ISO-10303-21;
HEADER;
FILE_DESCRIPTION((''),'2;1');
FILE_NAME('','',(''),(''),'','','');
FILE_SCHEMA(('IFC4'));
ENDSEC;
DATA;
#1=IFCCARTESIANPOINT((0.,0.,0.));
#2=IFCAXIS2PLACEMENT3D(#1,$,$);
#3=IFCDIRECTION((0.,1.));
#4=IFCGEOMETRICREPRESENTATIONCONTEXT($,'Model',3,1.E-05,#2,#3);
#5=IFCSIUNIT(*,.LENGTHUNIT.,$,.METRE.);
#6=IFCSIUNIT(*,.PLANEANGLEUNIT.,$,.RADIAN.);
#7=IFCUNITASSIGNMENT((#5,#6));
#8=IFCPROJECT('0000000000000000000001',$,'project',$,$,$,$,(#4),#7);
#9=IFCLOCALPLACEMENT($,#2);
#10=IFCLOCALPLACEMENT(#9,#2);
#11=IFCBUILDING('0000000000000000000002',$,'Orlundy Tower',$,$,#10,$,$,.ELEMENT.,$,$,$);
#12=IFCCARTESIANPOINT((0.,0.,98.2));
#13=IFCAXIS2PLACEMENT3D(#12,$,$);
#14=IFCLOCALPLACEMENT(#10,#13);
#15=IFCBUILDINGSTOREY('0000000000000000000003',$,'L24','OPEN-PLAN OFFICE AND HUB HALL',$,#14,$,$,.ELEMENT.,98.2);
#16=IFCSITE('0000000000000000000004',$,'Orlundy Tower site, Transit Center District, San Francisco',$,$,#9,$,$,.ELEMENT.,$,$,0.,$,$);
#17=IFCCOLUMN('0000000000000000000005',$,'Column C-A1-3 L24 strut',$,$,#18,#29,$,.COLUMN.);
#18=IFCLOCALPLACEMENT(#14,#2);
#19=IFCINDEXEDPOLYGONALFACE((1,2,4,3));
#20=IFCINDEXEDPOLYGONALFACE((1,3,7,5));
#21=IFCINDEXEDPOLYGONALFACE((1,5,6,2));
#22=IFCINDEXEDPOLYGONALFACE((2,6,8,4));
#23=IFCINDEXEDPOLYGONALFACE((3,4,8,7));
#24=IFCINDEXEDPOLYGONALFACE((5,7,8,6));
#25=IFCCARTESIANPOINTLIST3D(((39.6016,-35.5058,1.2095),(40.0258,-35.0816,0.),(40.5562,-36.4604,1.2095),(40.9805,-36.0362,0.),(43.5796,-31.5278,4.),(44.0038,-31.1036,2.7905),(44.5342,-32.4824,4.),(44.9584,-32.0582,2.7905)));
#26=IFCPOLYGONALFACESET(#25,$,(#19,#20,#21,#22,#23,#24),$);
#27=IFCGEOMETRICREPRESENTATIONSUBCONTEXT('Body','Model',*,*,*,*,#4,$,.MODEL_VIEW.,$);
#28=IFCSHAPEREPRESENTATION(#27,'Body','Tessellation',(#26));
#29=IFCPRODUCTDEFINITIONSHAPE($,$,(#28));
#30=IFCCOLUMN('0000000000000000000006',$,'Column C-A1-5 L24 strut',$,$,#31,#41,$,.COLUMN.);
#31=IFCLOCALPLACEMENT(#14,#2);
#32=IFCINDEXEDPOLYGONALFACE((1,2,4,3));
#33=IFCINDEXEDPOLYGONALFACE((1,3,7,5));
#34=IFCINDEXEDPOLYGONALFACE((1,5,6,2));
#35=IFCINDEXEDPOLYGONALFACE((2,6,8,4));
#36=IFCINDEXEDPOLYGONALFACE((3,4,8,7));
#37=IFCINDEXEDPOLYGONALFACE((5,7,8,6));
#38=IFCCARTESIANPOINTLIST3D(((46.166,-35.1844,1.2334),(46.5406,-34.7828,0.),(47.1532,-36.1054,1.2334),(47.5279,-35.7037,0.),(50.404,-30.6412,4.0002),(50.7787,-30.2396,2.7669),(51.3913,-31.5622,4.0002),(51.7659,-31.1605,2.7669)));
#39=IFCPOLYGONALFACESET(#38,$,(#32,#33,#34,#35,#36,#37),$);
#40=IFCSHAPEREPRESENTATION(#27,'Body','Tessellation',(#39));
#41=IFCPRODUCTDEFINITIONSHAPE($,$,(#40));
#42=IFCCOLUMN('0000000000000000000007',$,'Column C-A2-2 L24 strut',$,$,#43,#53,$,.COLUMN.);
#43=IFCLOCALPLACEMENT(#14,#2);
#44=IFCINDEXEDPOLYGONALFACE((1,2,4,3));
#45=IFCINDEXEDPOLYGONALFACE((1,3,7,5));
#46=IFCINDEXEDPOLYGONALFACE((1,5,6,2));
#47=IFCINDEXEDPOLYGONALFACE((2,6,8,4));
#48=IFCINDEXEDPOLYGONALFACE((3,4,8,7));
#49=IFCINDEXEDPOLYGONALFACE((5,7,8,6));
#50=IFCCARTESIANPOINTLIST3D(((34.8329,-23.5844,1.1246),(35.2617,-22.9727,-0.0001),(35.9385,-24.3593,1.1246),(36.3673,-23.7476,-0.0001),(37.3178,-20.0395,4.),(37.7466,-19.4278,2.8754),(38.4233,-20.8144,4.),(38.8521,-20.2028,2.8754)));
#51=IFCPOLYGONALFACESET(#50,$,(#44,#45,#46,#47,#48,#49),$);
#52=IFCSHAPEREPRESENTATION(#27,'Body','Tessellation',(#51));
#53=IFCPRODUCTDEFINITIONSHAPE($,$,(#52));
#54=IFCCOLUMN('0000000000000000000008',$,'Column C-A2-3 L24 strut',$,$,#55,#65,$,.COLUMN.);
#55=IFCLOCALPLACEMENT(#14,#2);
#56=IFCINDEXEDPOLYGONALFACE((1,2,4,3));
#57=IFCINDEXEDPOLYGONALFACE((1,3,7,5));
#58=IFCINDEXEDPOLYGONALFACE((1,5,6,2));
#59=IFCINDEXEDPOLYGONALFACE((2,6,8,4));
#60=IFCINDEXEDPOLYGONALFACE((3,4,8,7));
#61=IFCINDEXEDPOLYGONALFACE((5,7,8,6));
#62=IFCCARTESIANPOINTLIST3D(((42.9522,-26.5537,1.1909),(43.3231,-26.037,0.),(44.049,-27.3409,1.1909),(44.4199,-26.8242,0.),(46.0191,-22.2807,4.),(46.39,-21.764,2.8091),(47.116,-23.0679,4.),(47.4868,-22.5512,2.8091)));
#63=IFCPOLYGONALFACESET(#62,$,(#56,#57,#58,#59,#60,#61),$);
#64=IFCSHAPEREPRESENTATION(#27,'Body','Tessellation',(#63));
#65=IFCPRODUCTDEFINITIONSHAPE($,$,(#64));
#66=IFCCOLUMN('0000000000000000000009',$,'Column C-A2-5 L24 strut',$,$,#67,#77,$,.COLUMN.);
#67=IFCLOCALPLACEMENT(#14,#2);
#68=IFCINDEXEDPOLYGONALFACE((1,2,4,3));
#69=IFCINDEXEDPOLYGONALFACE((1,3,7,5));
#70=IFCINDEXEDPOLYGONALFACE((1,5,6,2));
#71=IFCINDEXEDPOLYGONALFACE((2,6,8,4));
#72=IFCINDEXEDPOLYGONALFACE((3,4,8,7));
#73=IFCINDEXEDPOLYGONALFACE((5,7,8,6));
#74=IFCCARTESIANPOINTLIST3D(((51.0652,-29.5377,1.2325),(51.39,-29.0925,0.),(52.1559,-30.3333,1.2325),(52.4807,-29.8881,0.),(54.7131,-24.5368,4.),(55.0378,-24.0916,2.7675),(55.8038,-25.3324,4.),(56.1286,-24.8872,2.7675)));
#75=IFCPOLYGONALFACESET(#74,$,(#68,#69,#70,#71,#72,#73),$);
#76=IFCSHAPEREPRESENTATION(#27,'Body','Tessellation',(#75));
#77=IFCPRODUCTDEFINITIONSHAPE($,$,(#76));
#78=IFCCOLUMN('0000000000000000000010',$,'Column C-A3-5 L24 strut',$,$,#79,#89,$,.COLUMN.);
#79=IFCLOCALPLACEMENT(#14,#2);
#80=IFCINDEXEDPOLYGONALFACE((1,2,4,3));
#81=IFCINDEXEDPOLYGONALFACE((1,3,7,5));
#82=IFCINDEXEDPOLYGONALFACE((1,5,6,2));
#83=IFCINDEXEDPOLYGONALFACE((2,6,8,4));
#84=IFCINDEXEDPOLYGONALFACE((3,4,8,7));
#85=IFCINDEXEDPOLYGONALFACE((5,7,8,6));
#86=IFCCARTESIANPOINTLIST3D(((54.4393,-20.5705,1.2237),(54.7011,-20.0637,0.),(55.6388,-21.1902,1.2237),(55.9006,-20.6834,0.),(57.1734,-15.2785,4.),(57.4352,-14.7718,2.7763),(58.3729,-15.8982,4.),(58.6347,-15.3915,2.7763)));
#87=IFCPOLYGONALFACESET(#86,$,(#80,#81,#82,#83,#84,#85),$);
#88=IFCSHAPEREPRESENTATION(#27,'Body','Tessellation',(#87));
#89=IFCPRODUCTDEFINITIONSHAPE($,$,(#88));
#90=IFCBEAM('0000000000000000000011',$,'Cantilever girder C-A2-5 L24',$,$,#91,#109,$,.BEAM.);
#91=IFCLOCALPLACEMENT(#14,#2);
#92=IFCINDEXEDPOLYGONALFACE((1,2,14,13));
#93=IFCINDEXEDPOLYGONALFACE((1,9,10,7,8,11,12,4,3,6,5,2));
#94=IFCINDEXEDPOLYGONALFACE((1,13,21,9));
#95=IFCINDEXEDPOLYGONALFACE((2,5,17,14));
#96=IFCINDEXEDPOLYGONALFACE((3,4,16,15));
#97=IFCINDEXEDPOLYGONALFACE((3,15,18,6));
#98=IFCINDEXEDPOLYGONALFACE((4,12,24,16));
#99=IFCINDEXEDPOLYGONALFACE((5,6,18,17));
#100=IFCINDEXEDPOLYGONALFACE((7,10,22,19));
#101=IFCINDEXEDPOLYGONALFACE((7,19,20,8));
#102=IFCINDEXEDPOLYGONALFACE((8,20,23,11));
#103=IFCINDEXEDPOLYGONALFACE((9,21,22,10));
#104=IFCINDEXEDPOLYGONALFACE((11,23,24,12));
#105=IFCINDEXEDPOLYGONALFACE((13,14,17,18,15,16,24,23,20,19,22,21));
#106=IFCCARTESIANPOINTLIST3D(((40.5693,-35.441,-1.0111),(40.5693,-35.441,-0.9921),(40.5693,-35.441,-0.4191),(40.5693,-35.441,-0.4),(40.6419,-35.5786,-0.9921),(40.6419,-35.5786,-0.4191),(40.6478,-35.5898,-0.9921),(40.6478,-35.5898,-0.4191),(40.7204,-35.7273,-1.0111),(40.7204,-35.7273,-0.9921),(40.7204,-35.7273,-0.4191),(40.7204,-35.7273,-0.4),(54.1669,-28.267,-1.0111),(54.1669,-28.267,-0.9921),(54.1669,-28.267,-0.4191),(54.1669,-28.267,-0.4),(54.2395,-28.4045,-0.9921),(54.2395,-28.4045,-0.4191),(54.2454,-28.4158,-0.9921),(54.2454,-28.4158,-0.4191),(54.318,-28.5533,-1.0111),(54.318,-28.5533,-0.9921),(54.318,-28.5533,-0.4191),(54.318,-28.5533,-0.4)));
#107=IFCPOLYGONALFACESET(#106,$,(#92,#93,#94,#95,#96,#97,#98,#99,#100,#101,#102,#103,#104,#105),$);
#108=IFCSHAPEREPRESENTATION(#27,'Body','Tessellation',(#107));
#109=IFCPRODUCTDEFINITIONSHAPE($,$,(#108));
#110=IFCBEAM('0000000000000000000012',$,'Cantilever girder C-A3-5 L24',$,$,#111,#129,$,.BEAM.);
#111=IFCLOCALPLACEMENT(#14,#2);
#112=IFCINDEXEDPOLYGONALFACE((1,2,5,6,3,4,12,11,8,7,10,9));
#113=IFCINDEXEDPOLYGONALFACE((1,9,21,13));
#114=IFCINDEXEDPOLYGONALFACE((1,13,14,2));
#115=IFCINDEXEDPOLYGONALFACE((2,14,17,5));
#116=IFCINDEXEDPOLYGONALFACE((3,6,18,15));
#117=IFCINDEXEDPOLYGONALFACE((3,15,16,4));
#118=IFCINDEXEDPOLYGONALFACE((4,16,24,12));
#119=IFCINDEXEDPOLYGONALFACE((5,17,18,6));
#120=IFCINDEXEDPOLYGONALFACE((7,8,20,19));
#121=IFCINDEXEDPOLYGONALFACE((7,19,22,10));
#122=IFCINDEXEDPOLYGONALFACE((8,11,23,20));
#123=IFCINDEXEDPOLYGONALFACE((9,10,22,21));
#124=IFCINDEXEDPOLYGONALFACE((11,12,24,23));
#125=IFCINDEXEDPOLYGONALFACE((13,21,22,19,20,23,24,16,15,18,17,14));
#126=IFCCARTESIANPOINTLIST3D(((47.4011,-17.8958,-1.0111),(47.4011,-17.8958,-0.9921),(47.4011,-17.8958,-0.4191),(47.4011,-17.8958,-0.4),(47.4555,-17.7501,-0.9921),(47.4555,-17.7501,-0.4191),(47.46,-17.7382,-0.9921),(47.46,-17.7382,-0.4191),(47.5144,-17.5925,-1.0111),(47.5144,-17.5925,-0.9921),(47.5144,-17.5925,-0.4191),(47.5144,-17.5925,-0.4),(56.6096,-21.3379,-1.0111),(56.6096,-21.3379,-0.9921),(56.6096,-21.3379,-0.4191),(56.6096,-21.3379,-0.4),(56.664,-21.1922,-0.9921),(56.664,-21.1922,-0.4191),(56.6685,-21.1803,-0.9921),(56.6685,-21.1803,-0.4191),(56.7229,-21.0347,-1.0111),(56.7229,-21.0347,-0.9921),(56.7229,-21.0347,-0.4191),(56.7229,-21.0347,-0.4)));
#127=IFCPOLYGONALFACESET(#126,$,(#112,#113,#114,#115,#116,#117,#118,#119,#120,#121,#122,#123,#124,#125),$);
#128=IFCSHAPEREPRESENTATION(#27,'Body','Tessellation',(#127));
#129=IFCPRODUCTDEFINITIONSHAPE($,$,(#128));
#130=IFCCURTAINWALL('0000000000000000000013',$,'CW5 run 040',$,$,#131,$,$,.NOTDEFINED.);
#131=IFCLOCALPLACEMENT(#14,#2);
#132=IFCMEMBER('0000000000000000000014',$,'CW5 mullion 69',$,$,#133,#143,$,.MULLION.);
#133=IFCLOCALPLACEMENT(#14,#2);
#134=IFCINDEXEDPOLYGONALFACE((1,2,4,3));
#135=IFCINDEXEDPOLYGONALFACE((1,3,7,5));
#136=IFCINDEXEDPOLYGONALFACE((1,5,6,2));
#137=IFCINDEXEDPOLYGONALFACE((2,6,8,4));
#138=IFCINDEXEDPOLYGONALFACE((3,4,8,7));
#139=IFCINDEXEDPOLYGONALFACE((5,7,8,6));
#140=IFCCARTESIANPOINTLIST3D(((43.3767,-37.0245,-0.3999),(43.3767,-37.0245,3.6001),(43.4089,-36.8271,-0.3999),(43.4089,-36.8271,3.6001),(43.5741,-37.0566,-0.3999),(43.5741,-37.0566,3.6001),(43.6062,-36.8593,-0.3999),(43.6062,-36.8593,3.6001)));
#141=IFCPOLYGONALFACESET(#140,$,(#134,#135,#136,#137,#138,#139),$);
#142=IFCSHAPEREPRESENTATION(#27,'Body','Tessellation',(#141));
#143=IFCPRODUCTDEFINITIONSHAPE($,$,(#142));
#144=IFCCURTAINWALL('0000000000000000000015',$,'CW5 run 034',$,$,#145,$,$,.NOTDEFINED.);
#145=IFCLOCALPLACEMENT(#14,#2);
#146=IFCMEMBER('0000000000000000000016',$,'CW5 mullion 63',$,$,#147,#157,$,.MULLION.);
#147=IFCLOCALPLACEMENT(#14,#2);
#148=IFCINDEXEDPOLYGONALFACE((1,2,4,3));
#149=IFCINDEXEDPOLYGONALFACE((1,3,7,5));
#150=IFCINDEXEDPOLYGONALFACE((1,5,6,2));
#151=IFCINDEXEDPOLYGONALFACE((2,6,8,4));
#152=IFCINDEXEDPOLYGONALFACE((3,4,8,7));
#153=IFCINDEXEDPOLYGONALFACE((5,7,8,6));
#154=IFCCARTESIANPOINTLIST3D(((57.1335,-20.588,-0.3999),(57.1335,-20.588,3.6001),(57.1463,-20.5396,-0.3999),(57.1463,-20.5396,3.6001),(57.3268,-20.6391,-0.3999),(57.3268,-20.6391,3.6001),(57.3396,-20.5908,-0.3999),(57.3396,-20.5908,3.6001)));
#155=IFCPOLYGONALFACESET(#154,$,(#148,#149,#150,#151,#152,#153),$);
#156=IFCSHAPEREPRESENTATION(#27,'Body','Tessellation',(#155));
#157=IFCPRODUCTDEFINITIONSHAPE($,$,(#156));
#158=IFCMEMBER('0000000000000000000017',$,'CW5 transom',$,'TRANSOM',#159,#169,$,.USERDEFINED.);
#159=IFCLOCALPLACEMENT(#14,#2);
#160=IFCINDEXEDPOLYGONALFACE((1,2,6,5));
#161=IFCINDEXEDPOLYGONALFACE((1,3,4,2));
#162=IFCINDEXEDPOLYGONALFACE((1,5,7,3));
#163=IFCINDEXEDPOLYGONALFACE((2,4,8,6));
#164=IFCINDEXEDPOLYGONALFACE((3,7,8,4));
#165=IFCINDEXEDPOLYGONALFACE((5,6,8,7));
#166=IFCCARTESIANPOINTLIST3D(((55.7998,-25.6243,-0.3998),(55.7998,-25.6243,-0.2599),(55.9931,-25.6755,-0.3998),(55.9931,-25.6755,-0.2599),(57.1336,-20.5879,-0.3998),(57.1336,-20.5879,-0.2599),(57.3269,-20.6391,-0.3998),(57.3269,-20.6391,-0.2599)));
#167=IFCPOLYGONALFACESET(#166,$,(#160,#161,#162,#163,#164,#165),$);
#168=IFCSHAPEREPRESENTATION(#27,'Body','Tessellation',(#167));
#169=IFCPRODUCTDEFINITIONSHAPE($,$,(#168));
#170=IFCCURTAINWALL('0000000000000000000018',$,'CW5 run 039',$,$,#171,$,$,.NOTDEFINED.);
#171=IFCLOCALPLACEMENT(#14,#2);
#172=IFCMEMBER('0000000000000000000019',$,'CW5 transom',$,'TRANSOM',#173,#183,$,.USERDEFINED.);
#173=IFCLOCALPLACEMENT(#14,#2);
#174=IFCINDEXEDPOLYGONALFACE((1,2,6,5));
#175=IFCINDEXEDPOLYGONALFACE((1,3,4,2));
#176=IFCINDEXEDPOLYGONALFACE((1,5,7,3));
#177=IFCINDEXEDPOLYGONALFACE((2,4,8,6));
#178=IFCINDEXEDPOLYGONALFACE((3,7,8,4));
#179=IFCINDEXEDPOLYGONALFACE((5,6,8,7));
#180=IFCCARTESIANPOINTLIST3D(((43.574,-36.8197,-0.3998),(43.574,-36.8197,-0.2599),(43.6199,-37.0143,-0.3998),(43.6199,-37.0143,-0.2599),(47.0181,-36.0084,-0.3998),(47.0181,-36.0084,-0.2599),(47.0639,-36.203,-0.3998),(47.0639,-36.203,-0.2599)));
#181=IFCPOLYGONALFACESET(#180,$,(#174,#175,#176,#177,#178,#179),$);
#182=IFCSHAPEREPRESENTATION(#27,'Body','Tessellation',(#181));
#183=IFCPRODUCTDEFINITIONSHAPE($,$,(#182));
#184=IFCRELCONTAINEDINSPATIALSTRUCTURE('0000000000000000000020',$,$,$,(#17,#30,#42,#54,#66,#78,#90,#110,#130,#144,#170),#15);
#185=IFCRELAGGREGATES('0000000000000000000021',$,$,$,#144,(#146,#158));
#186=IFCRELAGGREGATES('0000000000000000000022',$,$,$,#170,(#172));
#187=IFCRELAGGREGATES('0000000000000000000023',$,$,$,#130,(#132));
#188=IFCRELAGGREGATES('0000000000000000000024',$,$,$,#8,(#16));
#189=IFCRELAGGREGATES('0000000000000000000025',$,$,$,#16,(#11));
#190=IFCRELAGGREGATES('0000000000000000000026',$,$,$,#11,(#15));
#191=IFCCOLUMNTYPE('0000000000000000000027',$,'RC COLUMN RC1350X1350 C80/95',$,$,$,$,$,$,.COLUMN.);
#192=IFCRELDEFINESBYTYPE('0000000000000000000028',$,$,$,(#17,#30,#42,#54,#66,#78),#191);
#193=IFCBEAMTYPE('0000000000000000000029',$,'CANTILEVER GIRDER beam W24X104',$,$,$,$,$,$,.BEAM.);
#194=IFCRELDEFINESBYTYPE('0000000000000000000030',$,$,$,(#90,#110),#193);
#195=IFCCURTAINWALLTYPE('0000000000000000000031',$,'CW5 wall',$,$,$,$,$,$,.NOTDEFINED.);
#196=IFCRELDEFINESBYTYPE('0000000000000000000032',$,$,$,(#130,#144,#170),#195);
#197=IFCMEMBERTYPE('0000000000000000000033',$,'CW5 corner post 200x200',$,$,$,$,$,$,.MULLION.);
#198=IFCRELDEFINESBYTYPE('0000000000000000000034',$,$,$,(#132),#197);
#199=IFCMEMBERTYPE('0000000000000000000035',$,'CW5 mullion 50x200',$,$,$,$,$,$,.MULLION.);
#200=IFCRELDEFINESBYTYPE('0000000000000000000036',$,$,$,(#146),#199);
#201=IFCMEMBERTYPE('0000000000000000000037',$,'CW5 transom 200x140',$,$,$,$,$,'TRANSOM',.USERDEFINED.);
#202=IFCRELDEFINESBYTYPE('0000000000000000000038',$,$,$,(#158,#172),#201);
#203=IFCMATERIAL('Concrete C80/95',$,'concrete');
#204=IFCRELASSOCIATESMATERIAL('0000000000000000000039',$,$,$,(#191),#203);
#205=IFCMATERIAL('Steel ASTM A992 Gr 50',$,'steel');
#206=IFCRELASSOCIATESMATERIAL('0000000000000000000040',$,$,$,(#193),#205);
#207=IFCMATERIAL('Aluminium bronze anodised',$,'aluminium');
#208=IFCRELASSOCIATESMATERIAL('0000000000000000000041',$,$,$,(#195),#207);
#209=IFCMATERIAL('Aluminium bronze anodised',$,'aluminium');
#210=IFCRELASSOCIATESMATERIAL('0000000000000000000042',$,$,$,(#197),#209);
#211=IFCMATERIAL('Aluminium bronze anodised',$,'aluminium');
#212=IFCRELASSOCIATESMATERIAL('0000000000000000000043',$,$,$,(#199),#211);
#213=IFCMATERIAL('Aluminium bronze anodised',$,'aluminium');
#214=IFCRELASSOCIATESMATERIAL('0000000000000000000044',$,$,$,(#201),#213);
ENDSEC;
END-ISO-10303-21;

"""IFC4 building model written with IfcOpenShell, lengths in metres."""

from ifc_helpers import new_model, si_unit, direction, frame, origin, origin_2d, place, context, subcontext, project, spatial, rectangle, i_section, extrude, material, material_profile, profile_set, type_object, element, aggregate, save


model = new_model("IFC4")

# Units and contexts
model_context = context("Model", 3, precision=1e-05, world=origin(), true_north=direction((0.0, 1.0)))
body_context = subcontext(model_context, "Body", "Model", "MODEL_VIEW")
ifc_project = project(units=[si_unit("LENGTHUNIT", "METRE"), si_unit("PLANEANGLEUNIT", "RADIAN")], contexts=[model_context])

# Site, building, storey
site_placement = place(None, origin())
site = spatial("IfcSite", under=ifc_project, at=site_placement, Name="Orlundy Tower site, Transit Center District, San Francisco", CompositionType="ELEMENT", RefElevation=0.0)
building_placement = place(site_placement, origin())
building = spatial("IfcBuilding", under=site, at=building_placement, Name="Orlundy Tower", CompositionType="ELEMENT")
storey_placement = place(building_placement, frame((0.0, 0.0, 98.2)))
storey = spatial("IfcBuildingStorey", under=building, at=storey_placement, Name="L24", Description="OPEN-PLAN OFFICE AND HUB HALL", CompositionType="ELEMENT", Elevation=98.2)

# Columns
ifc_material_1 = material(Name="Concrete C80/95", Category="concrete")
ifc_material_profile_1 = material_profile(ifc_material_1, rectangle(XDim=1.3501, YDim=1.3501, at=origin_2d()), Name="RC1350X1350")
ifc_profile_set_1 = profile_set([ifc_material_profile_1], Name="Concrete C80/95")
column_type = type_object("IfcColumnType", Name="RC COLUMN RC1350X1350 C80/95", PredefinedType="COLUMN", material=ifc_profile_set_1)
column_1_placement = place(storey_placement, frame((40.291, -35.771, 0.6047), z_axis=(0.63346, 0.63346, 0.444362), x_axis=(-0.707107, 0.707107, 0.0)))
element("IfcColumn", 1, at=column_1_placement, inside=storey, type_object=column_type, Name="Column C-A1-3 L24 strut", PredefinedType="COLUMN", context=body_context, shape_type="SweptSolid", body=[
    extrude(rectangle(XDim=1.3501, YDim=1.3501, at=origin_2d()), origin(), (0.0, 0.0, 1.0), 6.2798),
])
column_2_placement = place(storey_placement, frame((46.8469, -35.4441, 0.6167), z_axis=(0.623125, 0.667995, 0.406814), x_axis=(-0.731239, 0.682121, 0.0)))
element("IfcColumn", 2, at=column_2_placement, inside=storey, type_object=column_type, Name="Column C-A1-5 L24 strut", PredefinedType="COLUMN", context=body_context, shape_type="SweptSolid", body=[
    extrude(rectangle(XDim=1.3501, YDim=1.3501, at=origin_2d()), origin(), (0.0, 0.0, 1.0), 6.8013),
])
column_3_placement = place(storey_placement, frame((35.6001, -23.666, 0.5623), z_axis=(0.478129, 0.682101, 0.553291), x_axis=(-0.818861, 0.573992, 0.0)))
element("IfcColumn", 3, at=column_3_placement, inside=storey, type_object=column_type, Name="Column C-A2-2 L24 strut", PredefinedType="COLUMN", context=body_context, shape_type="SweptSolid", body=[
    extrude(rectangle(XDim=1.3501, YDim=1.3501, at=origin_2d()), origin(), (0.0, 0.0, 1.0), 5.197),
])
column_4_placement = place(storey_placement, frame((43.686, -26.689, 0.5955), z_axis=(0.514339, 0.716602, 0.471102), x_axis=(-0.812402, 0.583098, 0.0)))
element("IfcColumn", 4, at=column_4_placement, inside=storey, type_object=column_type, Name="Column C-A2-3 L24 strut", PredefinedType="COLUMN", context=body_context, shape_type="SweptSolid", body=[
    extrude(rectangle(XDim=1.3501, YDim=1.3501, at=origin_2d()), origin(), (0.0, 0.0, 1.0), 5.9629),
])
column_5_placement = place(storey_placement, frame((51.7729, -29.7129, 0.6162), z_axis=(0.537997, 0.73754, 0.40816), x_axis=(-0.8079, 0.58932, 0.0)))
element("IfcColumn", 5, at=column_5_placement, inside=storey, type_object=column_type, Name="Column C-A2-5 L24 strut", PredefinedType="COLUMN", context=body_context, shape_type="SweptSolid", body=[
    extrude(rectangle(XDim=1.3501, YDim=1.3501, at=origin_2d()), origin(), (0.0, 0.0, 1.0), 6.7805),
])
column_6_placement = place(storey_placement, frame((55.1699, -20.627, 0.6118), z_axis=(0.416038, 0.805255, 0.422465), x_axis=(-0.88843, 0.459011, 0.0)))
element("IfcColumn", 6, at=column_6_placement, inside=storey, type_object=column_type, Name="Column C-A3-5 L24 strut", PredefinedType="COLUMN", context=body_context, shape_type="SweptSolid", body=[
    extrude(rectangle(XDim=1.3501, YDim=1.3501, at=origin_2d()), origin(), (0.0, 0.0, 1.0), 6.5718),
])

# Beams
ifc_material_2 = material(Name="Steel ASTM A992 Gr 50", Category="steel")
ifc_material_profile_2 = material_profile(ifc_material_2, i_section(OverallWidth=0.3237, OverallDepth=0.6111, WebThickness=0.0127, FlangeThickness=0.019, at=origin_2d()), Name="W24X104")
ifc_profile_set_2 = profile_set([ifc_material_profile_2], Name="Steel ASTM A992 Gr 50")
beam_type = type_object("IfcBeamType", Name="CANTILEVER GIRDER beam W24X104", PredefinedType="BEAM", material=ifc_profile_set_2)
beam_1_placement = place(storey_placement, frame((54.2424, -28.4102, -0.7056), z_axis=(-0.884451, -0.466633, 0.0), x_axis=(0.466633, -0.884451, 0.0)))
element("IfcBeam", 7, at=beam_1_placement, inside=storey, type_object=beam_type, Name="Cantilever girder C-A2-5 L24", PredefinedType="BEAM", context=body_context, shape_type="SweptSolid", body=[
    extrude(i_section(OverallWidth=0.3237, OverallDepth=0.6111, WebThickness=0.0127, FlangeThickness=0.019, at=origin_2d()), origin(), (0.0, 0.0, 1.0), 15.374),
])
beam_2_placement = place(storey_placement, frame((56.6663, -21.1863, -0.7056), z_axis=(-0.936698, 0.350138, 0.0), x_axis=(-0.350138, -0.936698, 0.0)))
element("IfcBeam", 8, at=beam_2_placement, inside=storey, type_object=beam_type, Name="Cantilever girder C-A3-5 L24", PredefinedType="BEAM", context=body_context, shape_type="SweptSolid", body=[
    extrude(i_section(OverallWidth=0.3237, OverallDepth=0.6111, WebThickness=0.0127, FlangeThickness=0.019, at=origin_2d()), origin(), (0.0, 0.0, 1.0), 9.8308),
])

# Curtain wall, member
ifc_material_3 = material(Name="Aluminium bronze anodised", Category="aluminium")
curtain_wall_type = type_object("IfcCurtainWallType", Name="CW5 wall", PredefinedType="NOTDEFINED", material=ifc_material_3)
curtain_wall_1_placement = place(storey_placement, origin())
curtain_wall_1 = element("IfcCurtainWall", 9, at=curtain_wall_1_placement, inside=storey, type_object=curtain_wall_type, Name="CW5 run 040", PredefinedType="NOTDEFINED")
ifc_material_4 = material(Name="Aluminium bronze anodised", Category="aluminium")
ifc_material_profile_3 = material_profile(ifc_material_4, rectangle(XDim=0.2, YDim=0.2, at=origin_2d()), Name="CW5 corner post 200x200")
ifc_profile_set_3 = profile_set([ifc_material_profile_3], Name="Aluminium bronze anodised")
member_type_1 = type_object("IfcMemberType", Name="CW5 corner post 200x200", PredefinedType="MULLION", material=ifc_profile_set_3)
member_1_placement = place(storey_placement, frame((43.4915, -36.9419, -0.3999), z_axis=(0.0, 0.0, 1.0), x_axis=(-0.160767, -0.986992, 0.0)))
member_1 = element("IfcMember", 10, at=member_1_placement, type_object=member_type_1, Name="CW5 mullion 69", PredefinedType="MULLION", context=body_context, shape_type="SweptSolid", body=[
    extrude(rectangle(XDim=0.2, YDim=0.2, at=origin_2d()), origin(), (0.0, 0.0, 1.0), 4.0),
])

# Curtain wall, members
curtain_wall_2_placement = place(storey_placement, origin())
curtain_wall_2 = element("IfcCurtainWall", 11, at=curtain_wall_2_placement, inside=storey, type_object=curtain_wall_type, Name="CW5 run 034", PredefinedType="NOTDEFINED")
ifc_material_5 = material(Name="Aluminium bronze anodised", Category="aluminium")
ifc_material_profile_4 = material_profile(ifc_material_5, rectangle(XDim=0.2, YDim=0.05, at=origin_2d()), Name="CW5 mullion 50x200")
ifc_profile_set_4 = profile_set([ifc_material_profile_4], Name="Aluminium bronze anodised")
member_type_2 = type_object("IfcMemberType", Name="CW5 mullion 50x200", PredefinedType="MULLION", material=ifc_profile_set_4)
member_2_placement = place(storey_placement, frame((57.2366, -20.5894, -0.3999), z_axis=(0.0, 0.0, 1.0), x_axis=(0.966679, -0.255991, 0.0)))
member_2 = element("IfcMember", 12, at=member_2_placement, type_object=member_type_2, Name="CW5 mullion 63", PredefinedType="MULLION", context=body_context, shape_type="SweptSolid", body=[
    extrude(rectangle(XDim=0.2, YDim=0.05, at=origin_2d()), origin(), (0.0, 0.0, 1.0), 4.0),
])
ifc_material_6 = material(Name="Aluminium bronze anodised", Category="aluminium")
ifc_material_profile_5 = material_profile(ifc_material_6, rectangle(XDim=0.2, YDim=0.1399, at=origin_2d()), Name="CW5 transom 200x140")
ifc_profile_set_5 = profile_set([ifc_material_profile_5], Name="Aluminium bronze anodised")
member_type_3 = type_object("IfcMemberType", Name="CW5 transom 200x140", ElementType="TRANSOM", PredefinedType="USERDEFINED", material=ifc_profile_set_5)
member_3_placement = place(storey_placement, frame((57.2302, -20.6135, -0.3298), z_axis=(-0.255997, -0.966678, 0.0), x_axis=(0.966678, -0.255997, 0.0)))
member_3 = element("IfcMember", 13, at=member_3_placement, type_object=member_type_3, Name="CW5 transom", ObjectType="TRANSOM", PredefinedType="USERDEFINED", context=body_context, shape_type="SweptSolid", body=[
    extrude(rectangle(XDim=0.2, YDim=0.1399, at=origin_2d()), origin(), (0.0, 0.0, 1.0), 5.21),
])

# Curtain wall, member
curtain_wall_3_placement = place(storey_placement, origin())
curtain_wall_3 = element("IfcCurtainWall", 14, at=curtain_wall_3_placement, inside=storey, type_object=curtain_wall_type, Name="CW5 run 039", PredefinedType="NOTDEFINED")
member_4_placement = place(storey_placement, frame((47.041, -36.1057, -0.3298), z_axis=(-0.97336, -0.229282, 0.0), x_axis=(0.229282, -0.97336, 0.0)))
member_4 = element("IfcMember", 15, at=member_4_placement, type_object=member_type_3, Name="CW5 transom", ObjectType="TRANSOM", PredefinedType="USERDEFINED", context=body_context, shape_type="SweptSolid", body=[
    extrude(rectangle(XDim=0.2, YDim=0.1399, at=origin_2d()), origin(), (0.0, 0.0, 1.0), 3.5383),
])

aggregate(curtain_wall_2, [member_2, member_3])
aggregate(curtain_wall_3, [member_4])
aggregate(curtain_wall_1, [member_1])

save(model, "model.ifc")
